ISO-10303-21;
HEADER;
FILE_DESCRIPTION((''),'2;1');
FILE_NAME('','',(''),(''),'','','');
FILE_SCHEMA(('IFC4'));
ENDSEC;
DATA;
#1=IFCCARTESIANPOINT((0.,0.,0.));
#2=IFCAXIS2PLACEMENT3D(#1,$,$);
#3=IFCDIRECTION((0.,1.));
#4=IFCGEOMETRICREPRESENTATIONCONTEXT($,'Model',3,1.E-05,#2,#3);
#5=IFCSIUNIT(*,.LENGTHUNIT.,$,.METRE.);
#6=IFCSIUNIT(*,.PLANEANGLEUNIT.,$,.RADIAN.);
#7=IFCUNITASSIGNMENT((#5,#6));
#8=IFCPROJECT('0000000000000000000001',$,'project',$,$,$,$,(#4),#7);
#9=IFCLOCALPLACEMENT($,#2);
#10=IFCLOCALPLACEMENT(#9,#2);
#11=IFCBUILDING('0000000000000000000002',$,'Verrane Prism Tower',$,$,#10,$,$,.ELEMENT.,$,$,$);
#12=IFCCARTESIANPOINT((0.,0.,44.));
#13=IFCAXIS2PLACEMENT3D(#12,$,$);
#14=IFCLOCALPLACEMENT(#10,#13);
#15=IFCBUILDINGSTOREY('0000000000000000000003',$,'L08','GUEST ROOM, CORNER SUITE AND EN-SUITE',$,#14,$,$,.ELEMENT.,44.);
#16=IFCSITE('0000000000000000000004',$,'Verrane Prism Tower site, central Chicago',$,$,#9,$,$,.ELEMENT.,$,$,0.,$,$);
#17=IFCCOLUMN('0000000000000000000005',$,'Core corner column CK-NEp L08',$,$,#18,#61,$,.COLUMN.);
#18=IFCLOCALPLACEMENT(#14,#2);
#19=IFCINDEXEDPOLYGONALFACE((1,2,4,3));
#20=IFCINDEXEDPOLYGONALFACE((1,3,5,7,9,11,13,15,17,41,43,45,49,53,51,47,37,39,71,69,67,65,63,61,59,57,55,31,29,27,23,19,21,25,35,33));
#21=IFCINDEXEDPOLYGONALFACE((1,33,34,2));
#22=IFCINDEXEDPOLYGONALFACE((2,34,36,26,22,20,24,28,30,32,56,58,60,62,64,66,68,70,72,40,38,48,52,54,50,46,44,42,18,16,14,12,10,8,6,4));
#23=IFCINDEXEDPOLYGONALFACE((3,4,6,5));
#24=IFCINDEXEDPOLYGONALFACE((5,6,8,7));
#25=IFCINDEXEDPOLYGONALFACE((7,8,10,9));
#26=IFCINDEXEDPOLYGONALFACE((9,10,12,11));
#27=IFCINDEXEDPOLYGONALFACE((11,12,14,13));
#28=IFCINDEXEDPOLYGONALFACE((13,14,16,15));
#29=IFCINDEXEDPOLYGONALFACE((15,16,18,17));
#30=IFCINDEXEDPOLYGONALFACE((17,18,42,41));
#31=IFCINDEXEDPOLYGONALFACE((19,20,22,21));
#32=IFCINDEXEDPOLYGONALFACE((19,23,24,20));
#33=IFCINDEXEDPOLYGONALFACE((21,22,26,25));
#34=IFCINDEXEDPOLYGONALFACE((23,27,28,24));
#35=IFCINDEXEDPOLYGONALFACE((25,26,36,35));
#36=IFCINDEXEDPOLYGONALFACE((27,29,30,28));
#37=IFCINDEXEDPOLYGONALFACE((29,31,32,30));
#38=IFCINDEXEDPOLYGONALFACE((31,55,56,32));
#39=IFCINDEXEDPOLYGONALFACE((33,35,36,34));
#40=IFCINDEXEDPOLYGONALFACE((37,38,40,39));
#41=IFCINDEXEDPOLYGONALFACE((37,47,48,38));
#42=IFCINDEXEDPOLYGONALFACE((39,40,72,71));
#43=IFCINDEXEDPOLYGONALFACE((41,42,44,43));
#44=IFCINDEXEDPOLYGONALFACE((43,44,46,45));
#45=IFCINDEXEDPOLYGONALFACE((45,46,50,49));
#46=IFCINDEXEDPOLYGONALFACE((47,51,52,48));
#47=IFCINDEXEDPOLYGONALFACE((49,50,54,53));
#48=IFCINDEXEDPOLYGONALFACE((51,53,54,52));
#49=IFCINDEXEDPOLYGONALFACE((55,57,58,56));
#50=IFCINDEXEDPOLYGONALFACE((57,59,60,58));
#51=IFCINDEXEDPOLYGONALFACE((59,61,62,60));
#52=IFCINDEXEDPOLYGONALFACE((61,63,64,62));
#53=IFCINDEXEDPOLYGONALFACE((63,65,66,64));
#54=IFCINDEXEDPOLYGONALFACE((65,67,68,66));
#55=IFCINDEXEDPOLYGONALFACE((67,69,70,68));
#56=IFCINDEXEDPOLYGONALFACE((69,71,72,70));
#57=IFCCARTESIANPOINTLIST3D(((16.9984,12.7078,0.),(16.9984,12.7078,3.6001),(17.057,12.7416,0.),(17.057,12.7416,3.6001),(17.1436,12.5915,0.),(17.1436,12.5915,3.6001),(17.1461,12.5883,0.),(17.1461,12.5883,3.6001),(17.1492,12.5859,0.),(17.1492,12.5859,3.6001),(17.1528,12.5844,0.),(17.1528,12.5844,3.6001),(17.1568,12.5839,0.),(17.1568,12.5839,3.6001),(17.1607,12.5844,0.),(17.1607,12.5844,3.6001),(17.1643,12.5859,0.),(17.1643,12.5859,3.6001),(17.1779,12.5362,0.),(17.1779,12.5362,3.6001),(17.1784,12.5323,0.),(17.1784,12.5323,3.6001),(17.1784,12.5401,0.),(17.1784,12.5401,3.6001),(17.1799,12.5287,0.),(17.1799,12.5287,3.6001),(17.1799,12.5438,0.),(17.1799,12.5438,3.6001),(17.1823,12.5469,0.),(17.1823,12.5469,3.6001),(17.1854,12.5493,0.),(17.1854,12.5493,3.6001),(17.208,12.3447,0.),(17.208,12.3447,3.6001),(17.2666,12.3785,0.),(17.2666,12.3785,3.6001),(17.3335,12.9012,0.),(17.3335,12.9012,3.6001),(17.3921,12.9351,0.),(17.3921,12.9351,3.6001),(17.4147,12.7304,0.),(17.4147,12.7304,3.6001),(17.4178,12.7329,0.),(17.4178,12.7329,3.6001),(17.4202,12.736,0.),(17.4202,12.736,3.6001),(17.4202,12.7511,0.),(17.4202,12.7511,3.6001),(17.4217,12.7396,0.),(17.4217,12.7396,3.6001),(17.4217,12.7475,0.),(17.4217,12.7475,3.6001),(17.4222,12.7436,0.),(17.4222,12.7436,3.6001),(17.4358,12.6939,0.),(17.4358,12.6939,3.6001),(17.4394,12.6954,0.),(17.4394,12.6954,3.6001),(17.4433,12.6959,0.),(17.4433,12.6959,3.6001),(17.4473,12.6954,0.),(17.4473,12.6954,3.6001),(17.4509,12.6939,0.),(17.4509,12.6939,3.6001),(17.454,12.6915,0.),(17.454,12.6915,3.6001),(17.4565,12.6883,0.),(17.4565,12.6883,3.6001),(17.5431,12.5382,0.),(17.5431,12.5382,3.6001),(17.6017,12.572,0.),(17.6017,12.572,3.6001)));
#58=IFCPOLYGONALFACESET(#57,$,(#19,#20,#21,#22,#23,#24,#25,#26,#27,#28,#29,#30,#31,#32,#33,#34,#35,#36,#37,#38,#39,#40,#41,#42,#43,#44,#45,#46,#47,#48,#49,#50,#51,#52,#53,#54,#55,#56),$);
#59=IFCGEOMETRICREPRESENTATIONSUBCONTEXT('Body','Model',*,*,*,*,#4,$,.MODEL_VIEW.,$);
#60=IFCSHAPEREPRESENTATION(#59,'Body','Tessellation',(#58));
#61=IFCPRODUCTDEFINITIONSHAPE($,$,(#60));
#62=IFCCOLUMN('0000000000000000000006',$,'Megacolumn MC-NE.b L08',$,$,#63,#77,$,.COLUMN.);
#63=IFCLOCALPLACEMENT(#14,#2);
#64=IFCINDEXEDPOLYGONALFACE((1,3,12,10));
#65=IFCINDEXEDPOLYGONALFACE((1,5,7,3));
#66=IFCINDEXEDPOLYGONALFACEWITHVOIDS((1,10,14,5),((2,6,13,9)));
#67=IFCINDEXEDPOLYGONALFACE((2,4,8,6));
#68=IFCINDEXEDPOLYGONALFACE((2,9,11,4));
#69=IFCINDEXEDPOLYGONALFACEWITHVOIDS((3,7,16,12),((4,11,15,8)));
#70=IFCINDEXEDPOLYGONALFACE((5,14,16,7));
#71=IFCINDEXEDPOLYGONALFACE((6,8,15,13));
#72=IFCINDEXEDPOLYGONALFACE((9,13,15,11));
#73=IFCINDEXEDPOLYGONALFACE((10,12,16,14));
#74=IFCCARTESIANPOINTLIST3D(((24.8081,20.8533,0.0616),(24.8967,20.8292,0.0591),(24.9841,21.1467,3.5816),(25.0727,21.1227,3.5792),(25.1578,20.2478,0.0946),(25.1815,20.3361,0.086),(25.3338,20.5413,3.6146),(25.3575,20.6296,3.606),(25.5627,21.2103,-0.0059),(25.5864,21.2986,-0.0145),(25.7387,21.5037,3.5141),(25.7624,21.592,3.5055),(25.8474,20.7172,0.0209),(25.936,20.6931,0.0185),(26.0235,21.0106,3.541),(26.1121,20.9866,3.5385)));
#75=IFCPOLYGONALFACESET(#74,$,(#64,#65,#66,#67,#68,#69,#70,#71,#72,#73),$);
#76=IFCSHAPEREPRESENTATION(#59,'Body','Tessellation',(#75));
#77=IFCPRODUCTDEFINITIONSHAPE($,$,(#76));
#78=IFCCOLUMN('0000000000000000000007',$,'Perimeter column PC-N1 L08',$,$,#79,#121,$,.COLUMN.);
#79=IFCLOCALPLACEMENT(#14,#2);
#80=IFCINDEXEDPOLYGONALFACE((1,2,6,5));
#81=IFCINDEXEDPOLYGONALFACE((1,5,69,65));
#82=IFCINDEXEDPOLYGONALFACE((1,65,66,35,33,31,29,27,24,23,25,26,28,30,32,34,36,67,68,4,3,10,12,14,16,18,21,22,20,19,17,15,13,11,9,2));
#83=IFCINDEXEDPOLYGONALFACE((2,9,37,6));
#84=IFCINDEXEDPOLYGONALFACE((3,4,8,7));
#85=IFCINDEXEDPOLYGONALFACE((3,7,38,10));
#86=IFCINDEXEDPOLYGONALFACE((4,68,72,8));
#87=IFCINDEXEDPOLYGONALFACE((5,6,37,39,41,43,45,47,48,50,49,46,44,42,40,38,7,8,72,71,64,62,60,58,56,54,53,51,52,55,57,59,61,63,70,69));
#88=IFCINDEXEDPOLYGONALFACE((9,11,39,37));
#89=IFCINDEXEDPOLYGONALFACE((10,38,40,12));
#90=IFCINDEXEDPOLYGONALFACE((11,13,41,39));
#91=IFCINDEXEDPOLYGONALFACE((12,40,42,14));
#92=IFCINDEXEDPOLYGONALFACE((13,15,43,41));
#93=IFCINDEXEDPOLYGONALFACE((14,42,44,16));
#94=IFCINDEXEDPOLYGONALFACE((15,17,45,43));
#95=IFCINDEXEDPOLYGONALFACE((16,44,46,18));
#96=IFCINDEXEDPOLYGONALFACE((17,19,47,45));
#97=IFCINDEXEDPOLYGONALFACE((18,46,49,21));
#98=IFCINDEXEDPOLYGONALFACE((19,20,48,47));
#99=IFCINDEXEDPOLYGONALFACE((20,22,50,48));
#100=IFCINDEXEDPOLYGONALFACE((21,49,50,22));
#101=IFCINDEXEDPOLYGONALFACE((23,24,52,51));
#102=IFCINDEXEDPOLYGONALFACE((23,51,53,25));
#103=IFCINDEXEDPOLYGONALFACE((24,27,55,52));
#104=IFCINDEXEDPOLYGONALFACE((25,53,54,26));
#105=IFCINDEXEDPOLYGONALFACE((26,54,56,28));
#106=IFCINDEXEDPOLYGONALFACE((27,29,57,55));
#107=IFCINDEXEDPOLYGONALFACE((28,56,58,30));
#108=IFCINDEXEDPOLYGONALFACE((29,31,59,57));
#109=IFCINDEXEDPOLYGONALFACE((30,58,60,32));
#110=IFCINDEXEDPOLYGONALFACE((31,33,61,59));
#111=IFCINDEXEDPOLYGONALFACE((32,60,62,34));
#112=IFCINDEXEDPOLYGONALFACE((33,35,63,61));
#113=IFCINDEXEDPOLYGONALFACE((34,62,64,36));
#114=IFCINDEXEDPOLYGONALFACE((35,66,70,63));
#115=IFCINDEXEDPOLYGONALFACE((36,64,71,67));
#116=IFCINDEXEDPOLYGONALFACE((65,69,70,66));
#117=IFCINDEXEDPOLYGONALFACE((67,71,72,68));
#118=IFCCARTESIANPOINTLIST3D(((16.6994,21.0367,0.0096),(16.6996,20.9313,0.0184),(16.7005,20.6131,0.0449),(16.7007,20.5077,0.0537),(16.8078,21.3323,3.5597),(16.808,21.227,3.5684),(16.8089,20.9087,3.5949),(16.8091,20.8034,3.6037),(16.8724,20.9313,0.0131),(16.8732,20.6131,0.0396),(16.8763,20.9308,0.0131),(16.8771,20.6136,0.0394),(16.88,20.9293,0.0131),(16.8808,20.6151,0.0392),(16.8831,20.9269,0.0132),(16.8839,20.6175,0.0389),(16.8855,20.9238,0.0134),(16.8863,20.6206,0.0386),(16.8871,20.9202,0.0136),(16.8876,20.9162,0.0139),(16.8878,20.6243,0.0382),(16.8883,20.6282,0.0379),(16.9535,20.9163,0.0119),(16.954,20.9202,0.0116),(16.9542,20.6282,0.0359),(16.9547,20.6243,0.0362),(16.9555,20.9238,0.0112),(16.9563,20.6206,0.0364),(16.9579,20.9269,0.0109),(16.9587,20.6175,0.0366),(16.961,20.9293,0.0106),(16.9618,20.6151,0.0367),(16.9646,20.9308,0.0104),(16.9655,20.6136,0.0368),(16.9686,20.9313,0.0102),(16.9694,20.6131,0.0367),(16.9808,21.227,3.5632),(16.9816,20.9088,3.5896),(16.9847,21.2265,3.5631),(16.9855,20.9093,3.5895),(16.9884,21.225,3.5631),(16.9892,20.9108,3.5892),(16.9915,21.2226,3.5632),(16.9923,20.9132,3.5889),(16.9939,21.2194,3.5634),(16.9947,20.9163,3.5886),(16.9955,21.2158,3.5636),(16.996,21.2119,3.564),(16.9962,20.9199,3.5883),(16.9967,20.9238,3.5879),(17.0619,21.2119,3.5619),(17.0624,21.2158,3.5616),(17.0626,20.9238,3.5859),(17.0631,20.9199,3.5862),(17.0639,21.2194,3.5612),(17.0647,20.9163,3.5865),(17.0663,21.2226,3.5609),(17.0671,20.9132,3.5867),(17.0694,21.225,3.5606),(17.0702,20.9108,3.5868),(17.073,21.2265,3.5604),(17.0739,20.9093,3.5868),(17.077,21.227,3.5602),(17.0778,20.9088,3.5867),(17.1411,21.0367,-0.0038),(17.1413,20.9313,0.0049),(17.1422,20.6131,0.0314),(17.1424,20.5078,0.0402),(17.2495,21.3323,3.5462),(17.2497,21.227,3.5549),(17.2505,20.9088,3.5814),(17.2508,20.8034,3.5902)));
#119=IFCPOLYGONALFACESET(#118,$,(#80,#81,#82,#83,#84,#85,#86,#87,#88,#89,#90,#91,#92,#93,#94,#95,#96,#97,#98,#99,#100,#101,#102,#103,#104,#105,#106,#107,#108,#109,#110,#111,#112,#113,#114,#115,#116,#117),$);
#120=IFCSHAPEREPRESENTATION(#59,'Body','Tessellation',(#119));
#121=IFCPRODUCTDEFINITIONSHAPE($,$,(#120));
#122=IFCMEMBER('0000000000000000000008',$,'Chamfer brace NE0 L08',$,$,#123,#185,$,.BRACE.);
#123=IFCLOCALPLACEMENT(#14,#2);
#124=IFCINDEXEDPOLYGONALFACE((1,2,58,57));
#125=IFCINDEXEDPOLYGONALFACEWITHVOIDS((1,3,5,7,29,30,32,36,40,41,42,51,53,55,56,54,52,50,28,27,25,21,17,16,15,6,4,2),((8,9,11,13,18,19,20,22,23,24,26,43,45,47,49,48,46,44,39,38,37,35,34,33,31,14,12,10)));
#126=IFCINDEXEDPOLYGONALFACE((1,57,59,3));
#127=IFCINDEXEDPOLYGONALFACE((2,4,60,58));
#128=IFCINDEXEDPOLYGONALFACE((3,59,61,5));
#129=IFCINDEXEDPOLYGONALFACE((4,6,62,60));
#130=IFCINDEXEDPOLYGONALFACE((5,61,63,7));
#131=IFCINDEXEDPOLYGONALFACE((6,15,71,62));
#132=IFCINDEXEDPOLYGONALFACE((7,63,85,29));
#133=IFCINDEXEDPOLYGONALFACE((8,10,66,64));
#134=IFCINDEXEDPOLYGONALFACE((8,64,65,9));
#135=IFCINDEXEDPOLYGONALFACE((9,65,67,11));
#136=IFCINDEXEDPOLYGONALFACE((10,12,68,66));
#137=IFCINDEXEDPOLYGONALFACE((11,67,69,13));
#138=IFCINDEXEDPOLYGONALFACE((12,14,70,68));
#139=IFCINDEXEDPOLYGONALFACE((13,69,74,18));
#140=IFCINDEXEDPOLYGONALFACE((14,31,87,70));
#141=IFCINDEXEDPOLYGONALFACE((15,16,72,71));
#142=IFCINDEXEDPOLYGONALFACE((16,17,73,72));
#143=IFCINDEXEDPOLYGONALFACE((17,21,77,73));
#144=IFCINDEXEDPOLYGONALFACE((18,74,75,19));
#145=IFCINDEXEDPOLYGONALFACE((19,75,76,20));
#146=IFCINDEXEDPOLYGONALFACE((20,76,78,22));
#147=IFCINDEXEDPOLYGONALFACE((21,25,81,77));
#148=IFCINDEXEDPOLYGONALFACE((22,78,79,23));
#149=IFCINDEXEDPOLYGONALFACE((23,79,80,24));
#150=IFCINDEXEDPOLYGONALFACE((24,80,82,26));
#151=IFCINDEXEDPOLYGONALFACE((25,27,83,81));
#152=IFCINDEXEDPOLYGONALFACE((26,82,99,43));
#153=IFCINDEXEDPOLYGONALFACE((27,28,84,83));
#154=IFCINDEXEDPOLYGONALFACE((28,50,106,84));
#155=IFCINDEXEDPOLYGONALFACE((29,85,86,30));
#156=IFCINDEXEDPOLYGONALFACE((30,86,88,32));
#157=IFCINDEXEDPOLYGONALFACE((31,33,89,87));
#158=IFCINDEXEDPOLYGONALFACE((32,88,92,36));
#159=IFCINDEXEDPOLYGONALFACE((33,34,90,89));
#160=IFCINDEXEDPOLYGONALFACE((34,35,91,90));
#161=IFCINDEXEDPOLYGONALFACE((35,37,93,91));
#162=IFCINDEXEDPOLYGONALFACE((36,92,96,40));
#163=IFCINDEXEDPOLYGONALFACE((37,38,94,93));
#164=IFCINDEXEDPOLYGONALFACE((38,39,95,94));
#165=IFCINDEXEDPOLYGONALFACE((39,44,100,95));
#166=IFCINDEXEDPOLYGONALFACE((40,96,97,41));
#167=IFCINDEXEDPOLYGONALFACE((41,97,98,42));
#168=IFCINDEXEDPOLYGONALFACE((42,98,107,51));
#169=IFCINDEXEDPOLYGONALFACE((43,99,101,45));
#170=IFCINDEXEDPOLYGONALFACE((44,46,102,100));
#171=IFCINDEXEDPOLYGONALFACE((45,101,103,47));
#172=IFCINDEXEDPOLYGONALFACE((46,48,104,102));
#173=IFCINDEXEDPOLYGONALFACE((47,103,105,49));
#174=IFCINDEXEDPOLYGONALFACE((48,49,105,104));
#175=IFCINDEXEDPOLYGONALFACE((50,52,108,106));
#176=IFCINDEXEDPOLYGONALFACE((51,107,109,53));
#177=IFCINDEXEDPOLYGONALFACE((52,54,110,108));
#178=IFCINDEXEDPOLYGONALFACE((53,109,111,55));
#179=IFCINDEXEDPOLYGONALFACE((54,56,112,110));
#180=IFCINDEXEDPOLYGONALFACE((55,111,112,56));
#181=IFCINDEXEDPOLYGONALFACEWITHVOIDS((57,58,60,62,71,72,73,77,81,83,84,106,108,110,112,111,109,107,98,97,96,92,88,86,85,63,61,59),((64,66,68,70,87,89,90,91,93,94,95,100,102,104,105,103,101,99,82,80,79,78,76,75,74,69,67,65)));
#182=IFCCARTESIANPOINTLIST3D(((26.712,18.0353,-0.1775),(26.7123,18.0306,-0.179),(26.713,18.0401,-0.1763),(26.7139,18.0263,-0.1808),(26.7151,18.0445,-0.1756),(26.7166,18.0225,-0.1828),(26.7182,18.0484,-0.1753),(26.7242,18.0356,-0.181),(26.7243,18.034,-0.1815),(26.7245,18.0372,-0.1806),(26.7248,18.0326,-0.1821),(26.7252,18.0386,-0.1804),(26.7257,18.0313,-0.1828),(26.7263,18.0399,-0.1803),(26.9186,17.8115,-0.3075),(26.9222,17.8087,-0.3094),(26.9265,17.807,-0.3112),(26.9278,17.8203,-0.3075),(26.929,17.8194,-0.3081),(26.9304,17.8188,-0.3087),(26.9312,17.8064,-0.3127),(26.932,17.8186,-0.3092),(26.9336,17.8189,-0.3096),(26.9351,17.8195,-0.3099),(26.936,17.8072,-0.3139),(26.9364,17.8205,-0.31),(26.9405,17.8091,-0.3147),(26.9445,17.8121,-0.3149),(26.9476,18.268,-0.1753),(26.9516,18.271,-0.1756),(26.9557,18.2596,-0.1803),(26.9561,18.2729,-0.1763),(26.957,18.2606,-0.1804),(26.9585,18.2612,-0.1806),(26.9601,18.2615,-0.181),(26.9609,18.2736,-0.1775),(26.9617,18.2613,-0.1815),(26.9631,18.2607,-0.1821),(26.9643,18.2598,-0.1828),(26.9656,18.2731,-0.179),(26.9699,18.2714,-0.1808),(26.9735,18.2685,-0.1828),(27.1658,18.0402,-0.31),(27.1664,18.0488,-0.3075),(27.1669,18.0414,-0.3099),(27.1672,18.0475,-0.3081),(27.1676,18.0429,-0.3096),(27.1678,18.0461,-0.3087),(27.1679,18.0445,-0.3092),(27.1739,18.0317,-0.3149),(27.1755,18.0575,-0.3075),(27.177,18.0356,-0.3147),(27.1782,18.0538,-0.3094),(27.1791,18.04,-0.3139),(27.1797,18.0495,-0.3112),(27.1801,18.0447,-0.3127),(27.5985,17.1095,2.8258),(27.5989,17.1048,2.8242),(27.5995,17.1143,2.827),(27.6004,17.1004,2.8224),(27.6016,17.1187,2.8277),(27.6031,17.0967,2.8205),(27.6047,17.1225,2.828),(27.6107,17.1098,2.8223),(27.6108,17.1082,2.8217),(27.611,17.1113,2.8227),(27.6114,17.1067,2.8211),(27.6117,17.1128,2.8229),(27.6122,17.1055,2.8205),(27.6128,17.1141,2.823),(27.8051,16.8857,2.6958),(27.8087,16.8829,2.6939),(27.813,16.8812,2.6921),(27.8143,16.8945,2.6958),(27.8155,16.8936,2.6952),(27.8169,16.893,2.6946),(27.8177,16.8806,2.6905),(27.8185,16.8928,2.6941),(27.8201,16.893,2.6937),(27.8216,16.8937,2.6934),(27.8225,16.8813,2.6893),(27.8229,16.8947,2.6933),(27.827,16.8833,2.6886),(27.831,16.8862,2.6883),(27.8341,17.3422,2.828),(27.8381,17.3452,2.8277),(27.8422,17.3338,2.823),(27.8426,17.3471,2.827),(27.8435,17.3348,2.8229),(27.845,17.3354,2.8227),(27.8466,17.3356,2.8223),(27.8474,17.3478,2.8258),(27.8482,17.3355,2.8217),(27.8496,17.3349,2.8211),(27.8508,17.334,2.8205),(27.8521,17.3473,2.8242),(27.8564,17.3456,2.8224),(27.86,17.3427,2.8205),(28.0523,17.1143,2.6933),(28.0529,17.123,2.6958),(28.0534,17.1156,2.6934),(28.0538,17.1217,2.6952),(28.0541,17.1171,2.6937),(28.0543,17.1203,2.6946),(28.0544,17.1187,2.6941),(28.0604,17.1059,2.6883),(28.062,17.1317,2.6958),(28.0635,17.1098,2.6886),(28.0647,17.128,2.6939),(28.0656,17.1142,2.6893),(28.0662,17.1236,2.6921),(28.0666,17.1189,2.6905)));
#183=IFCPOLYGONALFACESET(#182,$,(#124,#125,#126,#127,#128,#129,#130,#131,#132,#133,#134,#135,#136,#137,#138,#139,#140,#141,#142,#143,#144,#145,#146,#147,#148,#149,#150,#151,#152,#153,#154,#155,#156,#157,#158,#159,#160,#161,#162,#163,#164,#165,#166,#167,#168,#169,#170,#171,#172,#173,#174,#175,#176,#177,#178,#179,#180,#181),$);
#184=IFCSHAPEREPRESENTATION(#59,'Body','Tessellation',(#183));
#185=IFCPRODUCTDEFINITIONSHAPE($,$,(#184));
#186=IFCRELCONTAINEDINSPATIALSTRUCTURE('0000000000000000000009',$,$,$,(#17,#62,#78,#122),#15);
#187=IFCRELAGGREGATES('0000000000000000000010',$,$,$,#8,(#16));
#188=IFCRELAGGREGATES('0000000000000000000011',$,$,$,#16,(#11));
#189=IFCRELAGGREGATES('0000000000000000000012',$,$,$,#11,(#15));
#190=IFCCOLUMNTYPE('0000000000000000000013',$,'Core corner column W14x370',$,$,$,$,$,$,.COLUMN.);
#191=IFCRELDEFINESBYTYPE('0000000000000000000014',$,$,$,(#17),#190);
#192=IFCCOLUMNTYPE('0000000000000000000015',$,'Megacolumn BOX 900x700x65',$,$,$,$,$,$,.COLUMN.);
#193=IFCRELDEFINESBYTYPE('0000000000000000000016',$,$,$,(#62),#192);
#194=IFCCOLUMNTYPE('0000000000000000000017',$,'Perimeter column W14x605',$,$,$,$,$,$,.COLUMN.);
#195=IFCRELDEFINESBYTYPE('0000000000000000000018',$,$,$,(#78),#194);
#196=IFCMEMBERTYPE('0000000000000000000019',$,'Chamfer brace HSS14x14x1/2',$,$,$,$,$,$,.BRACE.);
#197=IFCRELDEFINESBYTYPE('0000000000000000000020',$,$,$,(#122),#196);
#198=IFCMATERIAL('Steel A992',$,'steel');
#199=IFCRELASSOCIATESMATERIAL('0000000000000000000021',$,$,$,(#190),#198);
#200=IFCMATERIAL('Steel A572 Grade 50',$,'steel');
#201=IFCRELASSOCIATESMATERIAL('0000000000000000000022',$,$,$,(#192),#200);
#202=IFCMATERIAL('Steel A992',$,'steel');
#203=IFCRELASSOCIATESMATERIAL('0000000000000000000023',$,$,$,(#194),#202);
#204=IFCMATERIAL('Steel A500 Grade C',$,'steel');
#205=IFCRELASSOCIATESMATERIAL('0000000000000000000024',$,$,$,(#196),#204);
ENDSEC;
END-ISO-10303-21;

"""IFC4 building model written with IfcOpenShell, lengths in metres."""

from ifc_helpers import new_model, si_unit, direction, frame, origin, origin_2d, place, context, subcontext, project, spatial, hollow_rectangle, i_section, extrude, material, material_profile, profile_set, type_object, element, save


model = new_model("IFC4")

# Units and contexts
model_context = context("Model", 3, precision=1e-05, world=origin(), true_north=direction((0.0, 1.0)))
body_context = subcontext(model_context, "Body", "Model", "MODEL_VIEW")
ifc_project = project(units=[si_unit("LENGTHUNIT", "METRE"), si_unit("PLANEANGLEUNIT", "RADIAN")], contexts=[model_context])

# Site, building, storey
site_placement = place(None, origin())
site = spatial("IfcSite", under=ifc_project, at=site_placement, Name="Verrane Prism Tower site, central Chicago", CompositionType="ELEMENT", RefElevation=0.0)
building_placement = place(site_placement, origin())
building = spatial("IfcBuilding", under=site, at=building_placement, Name="Verrane Prism Tower", CompositionType="ELEMENT")
storey_placement = place(building_placement, frame((0.0, 0.0, 44.0)))
storey = spatial("IfcBuildingStorey", under=building, at=storey_placement, Name="L08", Description="GUEST ROOM, CORNER SUITE AND EN-SUITE", CompositionType="ELEMENT", Elevation=44.0)

# Columns
ifc_material_1 = material(Name="Steel A992", Category="steel")
ifc_material_profile_1 = material_profile(ifc_material_1, i_section(OverallWidth=0.4192, OverallDepth=0.4546, WebThickness=0.0422, FlangeThickness=0.0676, FilletRadius=0.0151, at=origin_2d()), Name="W14x370")
ifc_profile_set_1 = profile_set([ifc_material_profile_1], Name="Steel A992")
column_type_1 = type_object("IfcColumnType", Name="Core corner column W14x370", PredefinedType="COLUMN", material=ifc_profile_set_1)
column_1_placement = place(storey_placement, frame((17.3, 12.6399, 0.0), z_axis=(0.0, 0.0, 1.0), x_axis=(0.5, -0.866025, 0.0)))
element("IfcColumn", 1, at=column_1_placement, inside=storey, type_object=column_type_1, Name="Core corner column CK-NEp L08", PredefinedType="COLUMN", context=body_context, shape_type="SweptSolid", body=[
    extrude(i_section(OverallWidth=0.4192, OverallDepth=0.4546, WebThickness=0.0422, FlangeThickness=0.0676, FilletRadius=0.0151, at=origin_2d()), origin(), (0.0, 0.0, 1.0), 3.6001),
])
ifc_material_2 = material(Name="Steel A572 Grade 50", Category="steel")
ifc_material_profile_2 = material_profile(ifc_material_2, hollow_rectangle(XDim=0.7, YDim=0.8999, WallThickness=0.0649, at=origin_2d()), Name="BOX 900x700x65")
ifc_profile_set_2 = profile_set([ifc_material_profile_2], Name="Steel A572 Grade 50")
column_type_2 = type_object("IfcColumnType", Name="Megacolumn BOX 900x700x65", PredefinedType="COLUMN", material=ifc_profile_set_2)
column_2_placement = place(storey_placement, frame((25.3721, 20.7732, 0.04), z_axis=(0.049772, 0.082977, 0.995308), x_axis=(0.499551, -0.865001, 0.047132)))
element("IfcColumn", 2, at=column_2_placement, inside=storey, type_object=column_type_2, Name="Megacolumn MC-NE.b L08", PredefinedType="COLUMN", context=body_context, shape_type="SweptSolid", body=[
    extrude(hollow_rectangle(XDim=0.7, YDim=0.8999, WallThickness=0.0649, at=origin_2d()), origin(), (0.0, 0.0, 1.0), 3.5366),
])
ifc_material_3 = material(Name="Steel A992", Category="steel")
ifc_material_profile_3 = material_profile(ifc_material_3, i_section(OverallWidth=0.4419, OverallDepth=0.5308, WebThickness=0.0659, FlangeThickness=0.1057, FilletRadius=0.0151, at=origin_2d()), Name="W14x605")
ifc_profile_set_3 = profile_set([ifc_material_profile_3], Name="Steel A992")
column_type_3 = type_object("IfcColumnType", Name="Perimeter column W14x605", PredefinedType="COLUMN", material=ifc_profile_set_3)
column_3_placement = place(storey_placement, frame((16.9209, 20.7722, 0.0249), z_axis=(0.030415, 0.082956, 0.996089), x_axis=(0.999534, 0.000026, -0.030522)))
element("IfcColumn", 3, at=column_3_placement, inside=storey, type_object=column_type_3, Name="Perimeter column PC-N1 L08", PredefinedType="COLUMN", context=body_context, shape_type="SweptSolid", body=[
    extrude(i_section(OverallWidth=0.4419, OverallDepth=0.5308, WebThickness=0.0659, FlangeThickness=0.1057, FilletRadius=0.0151, at=origin_2d()), origin(), (0.0, 0.0, 1.0), 3.564),
])

# Member
ifc_material_4 = material(Name="Steel A500 Grade C", Category="steel")
ifc_material_profile_4 = material_profile(ifc_material_4, hollow_rectangle(XDim=0.3557, YDim=0.3557, WallThickness=0.0127, InnerFilletRadius=0.0063, OuterFilletRadius=0.019, at=origin_2d()), Name="HSS14x14x1/2")
ifc_profile_set_4 = profile_set([ifc_material_profile_4], Name="Steel A500 Grade C")
member_type_1 = type_object("IfcMemberType", Name="Chamfer brace HSS14x14x1/2", PredefinedType="BRACE", material=ifc_profile_set_4)
member_1_placement = place(storey_placement, frame((26.946, 18.04, -0.2451), z_axis=(0.271486, -0.283524, 0.919733), x_axis=(0.722274, 0.691607, 0.0)))
element("IfcMember", 4, at=member_1_placement, inside=storey, type_object=member_type_1, Name="Chamfer brace NE0 L08", PredefinedType="BRACE", context=body_context, shape_type="SweptSolid", body=[
    extrude(hollow_rectangle(XDim=0.3557, YDim=0.3557, WallThickness=0.0127, InnerFilletRadius=0.0063, OuterFilletRadius=0.019, at=origin_2d()), origin(), (0.0, 0.0, 1.0), 3.2654),
])

save(model, "model.ifc")
